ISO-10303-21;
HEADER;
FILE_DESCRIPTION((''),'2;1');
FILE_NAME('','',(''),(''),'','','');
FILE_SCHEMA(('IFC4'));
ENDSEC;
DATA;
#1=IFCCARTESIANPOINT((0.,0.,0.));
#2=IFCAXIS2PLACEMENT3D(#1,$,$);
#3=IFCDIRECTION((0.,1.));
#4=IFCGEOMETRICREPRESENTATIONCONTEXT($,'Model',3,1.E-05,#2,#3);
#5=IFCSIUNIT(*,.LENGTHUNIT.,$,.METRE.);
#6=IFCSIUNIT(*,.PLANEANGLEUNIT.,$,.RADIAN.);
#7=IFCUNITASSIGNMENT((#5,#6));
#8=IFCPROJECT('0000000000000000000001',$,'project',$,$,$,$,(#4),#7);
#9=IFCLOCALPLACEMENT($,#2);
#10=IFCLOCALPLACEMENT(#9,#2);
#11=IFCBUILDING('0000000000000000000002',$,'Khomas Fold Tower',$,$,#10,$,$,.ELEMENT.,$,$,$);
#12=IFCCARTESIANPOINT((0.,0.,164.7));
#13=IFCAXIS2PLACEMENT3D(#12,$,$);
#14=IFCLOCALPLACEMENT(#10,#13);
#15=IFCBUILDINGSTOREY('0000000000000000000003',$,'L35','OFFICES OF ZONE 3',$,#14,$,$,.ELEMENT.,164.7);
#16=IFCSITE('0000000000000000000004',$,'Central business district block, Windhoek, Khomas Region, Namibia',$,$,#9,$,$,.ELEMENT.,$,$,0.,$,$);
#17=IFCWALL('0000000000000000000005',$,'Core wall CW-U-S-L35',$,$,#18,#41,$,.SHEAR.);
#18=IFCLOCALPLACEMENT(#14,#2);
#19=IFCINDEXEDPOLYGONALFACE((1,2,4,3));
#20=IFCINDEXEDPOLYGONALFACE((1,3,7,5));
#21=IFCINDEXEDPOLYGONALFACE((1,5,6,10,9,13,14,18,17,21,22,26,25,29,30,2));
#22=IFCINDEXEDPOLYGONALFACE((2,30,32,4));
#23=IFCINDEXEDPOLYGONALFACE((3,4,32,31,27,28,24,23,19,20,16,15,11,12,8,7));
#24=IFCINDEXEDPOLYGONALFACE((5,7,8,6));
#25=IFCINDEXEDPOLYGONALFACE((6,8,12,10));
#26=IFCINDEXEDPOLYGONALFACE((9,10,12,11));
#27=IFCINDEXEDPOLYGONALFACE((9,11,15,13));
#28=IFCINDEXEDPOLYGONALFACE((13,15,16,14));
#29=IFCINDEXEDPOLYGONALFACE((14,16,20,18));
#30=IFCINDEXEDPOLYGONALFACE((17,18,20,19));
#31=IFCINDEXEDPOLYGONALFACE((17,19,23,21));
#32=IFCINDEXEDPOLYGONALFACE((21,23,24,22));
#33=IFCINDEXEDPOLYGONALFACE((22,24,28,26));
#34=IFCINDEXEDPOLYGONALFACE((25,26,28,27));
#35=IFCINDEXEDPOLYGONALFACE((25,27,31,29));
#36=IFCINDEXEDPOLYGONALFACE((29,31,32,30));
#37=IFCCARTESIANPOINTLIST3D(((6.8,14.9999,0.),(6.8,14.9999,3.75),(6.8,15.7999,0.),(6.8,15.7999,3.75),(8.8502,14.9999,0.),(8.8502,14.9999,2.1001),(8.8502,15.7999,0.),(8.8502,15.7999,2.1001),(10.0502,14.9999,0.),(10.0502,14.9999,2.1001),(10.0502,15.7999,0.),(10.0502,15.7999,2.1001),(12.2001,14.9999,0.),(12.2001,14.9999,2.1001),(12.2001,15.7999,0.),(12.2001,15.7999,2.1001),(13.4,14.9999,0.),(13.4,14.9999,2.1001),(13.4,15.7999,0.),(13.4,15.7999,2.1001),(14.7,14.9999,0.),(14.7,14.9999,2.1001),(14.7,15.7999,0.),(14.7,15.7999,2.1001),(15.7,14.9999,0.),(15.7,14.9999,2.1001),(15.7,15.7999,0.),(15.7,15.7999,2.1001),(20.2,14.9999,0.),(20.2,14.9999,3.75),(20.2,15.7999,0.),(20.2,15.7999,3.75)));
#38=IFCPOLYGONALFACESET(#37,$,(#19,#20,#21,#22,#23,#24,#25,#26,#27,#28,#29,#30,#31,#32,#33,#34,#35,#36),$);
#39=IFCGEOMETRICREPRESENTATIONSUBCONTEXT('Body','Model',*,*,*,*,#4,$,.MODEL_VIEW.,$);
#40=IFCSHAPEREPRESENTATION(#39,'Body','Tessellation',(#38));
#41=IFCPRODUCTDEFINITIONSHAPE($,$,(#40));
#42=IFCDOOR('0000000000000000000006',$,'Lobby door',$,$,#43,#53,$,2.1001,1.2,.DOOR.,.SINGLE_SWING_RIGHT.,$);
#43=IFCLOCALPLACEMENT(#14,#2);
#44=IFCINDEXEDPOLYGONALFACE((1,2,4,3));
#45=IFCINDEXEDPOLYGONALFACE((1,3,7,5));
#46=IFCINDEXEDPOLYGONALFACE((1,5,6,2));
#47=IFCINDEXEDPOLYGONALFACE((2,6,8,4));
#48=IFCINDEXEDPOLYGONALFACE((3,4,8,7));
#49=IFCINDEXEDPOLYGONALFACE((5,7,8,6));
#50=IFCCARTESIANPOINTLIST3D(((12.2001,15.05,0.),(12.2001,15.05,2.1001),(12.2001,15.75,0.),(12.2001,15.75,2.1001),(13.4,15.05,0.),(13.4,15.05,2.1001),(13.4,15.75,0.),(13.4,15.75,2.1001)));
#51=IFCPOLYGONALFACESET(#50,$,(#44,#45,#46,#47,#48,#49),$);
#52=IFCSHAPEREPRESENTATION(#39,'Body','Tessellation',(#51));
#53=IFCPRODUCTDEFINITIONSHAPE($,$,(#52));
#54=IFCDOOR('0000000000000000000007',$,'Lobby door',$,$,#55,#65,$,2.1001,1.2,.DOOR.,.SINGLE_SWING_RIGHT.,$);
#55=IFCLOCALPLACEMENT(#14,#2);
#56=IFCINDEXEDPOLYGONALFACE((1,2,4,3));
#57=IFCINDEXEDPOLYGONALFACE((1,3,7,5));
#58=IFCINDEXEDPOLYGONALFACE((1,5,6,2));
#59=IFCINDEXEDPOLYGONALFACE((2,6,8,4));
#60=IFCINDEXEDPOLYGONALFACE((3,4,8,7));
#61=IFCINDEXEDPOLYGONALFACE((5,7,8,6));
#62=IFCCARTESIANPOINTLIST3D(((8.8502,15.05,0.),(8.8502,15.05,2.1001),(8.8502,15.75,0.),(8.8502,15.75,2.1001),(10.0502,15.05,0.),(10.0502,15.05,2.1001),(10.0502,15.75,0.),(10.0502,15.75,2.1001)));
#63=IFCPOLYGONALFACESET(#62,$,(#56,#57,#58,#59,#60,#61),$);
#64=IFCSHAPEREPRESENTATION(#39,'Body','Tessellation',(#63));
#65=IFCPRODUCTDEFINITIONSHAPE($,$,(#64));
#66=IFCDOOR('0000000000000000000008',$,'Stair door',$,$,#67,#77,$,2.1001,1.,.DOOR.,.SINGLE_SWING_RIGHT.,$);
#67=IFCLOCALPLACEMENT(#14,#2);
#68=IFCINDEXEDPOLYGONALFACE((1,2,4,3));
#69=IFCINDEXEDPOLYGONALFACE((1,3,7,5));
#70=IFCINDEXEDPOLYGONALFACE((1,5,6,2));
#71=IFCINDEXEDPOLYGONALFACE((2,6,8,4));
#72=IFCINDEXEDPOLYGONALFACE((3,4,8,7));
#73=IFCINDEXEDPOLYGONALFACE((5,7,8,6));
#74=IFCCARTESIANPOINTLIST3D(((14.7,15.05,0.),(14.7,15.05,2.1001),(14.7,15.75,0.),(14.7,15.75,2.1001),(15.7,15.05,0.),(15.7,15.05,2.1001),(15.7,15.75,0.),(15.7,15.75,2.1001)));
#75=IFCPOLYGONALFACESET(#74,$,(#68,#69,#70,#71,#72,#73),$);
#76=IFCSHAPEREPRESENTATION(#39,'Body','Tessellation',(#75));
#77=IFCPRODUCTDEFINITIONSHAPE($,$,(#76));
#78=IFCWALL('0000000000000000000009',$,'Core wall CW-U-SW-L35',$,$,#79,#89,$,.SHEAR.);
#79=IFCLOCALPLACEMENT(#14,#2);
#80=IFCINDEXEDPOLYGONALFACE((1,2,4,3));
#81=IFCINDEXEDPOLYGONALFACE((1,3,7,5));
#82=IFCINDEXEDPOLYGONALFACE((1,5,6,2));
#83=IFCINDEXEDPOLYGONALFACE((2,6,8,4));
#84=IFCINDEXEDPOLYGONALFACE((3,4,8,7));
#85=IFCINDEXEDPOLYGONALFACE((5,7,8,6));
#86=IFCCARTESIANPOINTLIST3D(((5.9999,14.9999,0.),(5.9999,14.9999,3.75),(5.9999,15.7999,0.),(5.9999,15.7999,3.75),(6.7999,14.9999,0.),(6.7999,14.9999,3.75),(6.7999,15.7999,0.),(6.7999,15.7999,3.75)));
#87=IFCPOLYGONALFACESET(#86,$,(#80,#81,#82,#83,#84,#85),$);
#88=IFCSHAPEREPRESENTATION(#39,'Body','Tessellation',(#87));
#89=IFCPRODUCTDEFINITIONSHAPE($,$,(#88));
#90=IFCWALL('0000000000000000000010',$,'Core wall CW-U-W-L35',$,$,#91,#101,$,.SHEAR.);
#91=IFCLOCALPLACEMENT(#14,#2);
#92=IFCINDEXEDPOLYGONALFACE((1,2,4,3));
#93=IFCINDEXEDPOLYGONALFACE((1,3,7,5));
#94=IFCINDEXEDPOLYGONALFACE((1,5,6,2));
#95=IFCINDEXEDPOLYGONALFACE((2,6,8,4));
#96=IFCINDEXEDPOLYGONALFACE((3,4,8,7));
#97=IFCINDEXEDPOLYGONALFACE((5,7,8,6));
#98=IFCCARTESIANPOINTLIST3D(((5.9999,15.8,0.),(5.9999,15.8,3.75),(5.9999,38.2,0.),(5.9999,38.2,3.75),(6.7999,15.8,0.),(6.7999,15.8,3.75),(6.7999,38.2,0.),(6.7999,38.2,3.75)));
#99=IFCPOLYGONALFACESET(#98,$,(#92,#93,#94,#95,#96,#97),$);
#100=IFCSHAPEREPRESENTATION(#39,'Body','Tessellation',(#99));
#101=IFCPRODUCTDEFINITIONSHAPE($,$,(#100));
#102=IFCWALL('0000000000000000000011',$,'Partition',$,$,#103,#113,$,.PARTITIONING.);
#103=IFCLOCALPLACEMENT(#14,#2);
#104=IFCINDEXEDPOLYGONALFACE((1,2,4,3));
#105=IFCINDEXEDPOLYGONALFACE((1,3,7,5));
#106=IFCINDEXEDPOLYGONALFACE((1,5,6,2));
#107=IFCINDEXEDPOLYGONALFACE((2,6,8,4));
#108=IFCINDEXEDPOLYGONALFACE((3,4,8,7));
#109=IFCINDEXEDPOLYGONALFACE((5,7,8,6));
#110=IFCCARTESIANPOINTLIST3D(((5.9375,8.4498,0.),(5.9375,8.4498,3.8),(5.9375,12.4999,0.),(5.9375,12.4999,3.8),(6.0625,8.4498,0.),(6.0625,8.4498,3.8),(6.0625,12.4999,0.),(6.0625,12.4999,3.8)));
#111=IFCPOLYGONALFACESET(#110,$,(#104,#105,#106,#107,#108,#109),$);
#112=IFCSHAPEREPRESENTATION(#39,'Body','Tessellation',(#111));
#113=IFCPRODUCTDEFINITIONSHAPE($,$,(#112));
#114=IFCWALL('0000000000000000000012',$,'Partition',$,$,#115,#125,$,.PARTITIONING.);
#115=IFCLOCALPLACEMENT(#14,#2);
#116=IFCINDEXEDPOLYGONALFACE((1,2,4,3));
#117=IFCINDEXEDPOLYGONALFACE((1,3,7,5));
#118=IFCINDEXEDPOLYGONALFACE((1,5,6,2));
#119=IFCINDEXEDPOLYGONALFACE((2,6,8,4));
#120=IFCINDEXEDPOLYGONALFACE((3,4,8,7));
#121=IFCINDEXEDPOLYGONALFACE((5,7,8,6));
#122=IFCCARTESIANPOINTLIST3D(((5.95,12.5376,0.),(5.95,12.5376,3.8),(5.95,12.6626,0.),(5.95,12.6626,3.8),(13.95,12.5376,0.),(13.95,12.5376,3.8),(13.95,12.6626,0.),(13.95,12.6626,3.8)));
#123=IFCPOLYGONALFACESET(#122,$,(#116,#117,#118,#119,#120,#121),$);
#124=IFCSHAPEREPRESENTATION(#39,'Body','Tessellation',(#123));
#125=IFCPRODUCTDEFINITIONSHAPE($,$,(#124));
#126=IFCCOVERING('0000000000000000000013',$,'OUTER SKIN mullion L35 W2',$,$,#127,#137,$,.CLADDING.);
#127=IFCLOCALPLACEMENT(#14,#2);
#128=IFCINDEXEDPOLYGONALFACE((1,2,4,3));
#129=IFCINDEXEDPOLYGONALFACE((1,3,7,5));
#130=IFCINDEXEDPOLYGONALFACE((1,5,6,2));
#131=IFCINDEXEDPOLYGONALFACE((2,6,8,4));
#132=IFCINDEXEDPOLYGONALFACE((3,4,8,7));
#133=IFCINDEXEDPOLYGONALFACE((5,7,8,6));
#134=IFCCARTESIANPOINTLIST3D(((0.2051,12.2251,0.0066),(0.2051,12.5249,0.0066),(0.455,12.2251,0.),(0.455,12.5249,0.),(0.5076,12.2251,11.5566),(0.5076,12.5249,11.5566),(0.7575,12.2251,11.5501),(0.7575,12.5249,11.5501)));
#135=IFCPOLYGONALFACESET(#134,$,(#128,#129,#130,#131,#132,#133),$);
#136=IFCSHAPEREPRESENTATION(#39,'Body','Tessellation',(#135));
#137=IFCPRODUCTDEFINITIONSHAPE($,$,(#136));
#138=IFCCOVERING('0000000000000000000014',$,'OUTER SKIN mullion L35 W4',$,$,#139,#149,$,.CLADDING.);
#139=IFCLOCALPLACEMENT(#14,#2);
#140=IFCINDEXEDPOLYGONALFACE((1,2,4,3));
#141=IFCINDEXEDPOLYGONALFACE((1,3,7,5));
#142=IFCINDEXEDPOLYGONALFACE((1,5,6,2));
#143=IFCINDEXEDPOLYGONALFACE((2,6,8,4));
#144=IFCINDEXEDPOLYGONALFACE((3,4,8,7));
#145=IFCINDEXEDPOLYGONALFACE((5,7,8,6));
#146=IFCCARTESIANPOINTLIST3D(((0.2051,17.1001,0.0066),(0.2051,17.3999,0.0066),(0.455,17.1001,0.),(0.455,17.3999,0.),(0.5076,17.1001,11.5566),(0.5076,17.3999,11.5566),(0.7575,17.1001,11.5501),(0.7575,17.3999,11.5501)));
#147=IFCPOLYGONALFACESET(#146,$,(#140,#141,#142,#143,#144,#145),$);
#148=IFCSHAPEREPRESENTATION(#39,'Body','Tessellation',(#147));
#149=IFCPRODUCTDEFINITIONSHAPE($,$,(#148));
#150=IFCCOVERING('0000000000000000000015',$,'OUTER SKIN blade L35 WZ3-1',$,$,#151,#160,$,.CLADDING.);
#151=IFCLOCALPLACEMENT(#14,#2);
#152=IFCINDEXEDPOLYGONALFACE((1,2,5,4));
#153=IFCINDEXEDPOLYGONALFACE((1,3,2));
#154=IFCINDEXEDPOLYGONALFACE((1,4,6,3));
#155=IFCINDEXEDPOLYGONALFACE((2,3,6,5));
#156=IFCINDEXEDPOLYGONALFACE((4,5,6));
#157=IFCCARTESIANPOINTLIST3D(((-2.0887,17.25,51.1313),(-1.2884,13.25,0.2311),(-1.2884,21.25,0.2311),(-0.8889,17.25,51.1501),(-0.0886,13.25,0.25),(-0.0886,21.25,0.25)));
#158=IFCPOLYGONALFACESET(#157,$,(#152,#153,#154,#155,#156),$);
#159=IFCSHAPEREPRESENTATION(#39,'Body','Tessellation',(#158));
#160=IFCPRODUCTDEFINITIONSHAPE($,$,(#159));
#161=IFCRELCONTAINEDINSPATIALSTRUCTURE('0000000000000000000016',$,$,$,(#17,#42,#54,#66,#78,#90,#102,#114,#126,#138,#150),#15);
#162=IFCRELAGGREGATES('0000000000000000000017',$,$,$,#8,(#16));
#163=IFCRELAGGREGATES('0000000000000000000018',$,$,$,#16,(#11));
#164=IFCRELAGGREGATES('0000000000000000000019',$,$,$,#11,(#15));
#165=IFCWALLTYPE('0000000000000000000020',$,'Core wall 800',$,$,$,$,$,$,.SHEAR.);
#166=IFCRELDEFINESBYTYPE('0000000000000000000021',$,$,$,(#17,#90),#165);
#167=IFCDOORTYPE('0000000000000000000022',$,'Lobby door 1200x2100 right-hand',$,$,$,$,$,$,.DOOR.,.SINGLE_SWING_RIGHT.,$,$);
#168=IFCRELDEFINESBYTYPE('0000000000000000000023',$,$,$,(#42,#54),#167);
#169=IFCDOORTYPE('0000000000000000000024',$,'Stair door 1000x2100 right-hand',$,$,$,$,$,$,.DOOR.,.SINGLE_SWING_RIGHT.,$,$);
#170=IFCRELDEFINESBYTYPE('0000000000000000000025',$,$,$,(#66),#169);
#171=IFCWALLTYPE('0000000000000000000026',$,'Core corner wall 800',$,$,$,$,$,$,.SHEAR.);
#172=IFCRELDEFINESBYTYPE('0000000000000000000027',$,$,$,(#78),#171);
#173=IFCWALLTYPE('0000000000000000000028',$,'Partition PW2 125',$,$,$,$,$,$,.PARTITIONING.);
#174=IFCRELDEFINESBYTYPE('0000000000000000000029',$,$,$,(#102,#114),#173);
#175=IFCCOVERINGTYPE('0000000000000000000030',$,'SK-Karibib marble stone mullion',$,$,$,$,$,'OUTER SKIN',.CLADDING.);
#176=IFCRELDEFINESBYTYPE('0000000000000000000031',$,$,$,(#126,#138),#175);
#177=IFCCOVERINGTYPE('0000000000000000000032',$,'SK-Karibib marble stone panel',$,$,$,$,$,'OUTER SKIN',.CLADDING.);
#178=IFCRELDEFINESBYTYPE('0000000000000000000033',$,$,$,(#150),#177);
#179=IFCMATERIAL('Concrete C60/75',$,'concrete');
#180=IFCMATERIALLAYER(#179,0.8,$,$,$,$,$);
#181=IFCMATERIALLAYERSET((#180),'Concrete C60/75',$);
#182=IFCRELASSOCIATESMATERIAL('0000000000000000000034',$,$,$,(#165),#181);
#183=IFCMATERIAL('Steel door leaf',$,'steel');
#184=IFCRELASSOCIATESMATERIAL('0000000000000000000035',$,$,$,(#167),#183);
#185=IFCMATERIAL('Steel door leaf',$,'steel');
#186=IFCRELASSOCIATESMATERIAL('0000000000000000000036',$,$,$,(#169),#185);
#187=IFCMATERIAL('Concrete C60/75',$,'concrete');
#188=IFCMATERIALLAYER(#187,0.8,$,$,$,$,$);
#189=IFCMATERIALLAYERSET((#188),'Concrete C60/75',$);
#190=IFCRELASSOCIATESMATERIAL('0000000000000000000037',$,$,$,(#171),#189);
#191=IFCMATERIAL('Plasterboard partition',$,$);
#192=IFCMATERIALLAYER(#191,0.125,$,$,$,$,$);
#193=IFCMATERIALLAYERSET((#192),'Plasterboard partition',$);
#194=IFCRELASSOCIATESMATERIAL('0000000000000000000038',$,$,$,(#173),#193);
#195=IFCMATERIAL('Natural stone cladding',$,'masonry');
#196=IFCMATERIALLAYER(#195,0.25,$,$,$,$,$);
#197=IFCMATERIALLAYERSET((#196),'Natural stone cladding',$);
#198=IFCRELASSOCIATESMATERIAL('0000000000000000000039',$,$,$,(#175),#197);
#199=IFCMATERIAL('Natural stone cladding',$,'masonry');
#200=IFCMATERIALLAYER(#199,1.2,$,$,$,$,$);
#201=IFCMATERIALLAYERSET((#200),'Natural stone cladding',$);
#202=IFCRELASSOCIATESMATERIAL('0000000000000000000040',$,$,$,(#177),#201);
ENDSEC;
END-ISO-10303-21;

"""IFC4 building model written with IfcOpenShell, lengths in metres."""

from ifc_helpers import new_model, si_unit, direction, frame, frame_2d, origin, place, context, subcontext, project, spatial, polyline, rectangle, outline, extrude, source, transform, mapped, material, layer, layer_set, type_object, element, fill, save


model = new_model("IFC4")

# Units and contexts
model_context = context("Model", 3, precision=1e-05, world=origin(), true_north=direction((0.0, 1.0)))
body_context = subcontext(model_context, "Body", "Model", "MODEL_VIEW")
ifc_project = project(units=[si_unit("LENGTHUNIT", "METRE"), si_unit("PLANEANGLEUNIT", "RADIAN")], contexts=[model_context])

# Site, building, storey
site_placement = place(None, origin())
site = spatial("IfcSite", under=ifc_project, at=site_placement, Name="Central business district block, Windhoek, Khomas Region, Namibia", CompositionType="ELEMENT", RefElevation=0.0)
building_placement = place(site_placement, origin())
building = spatial("IfcBuilding", under=site, at=building_placement, Name="Khomas Fold Tower", CompositionType="ELEMENT")
storey_placement = place(building_placement, frame((0.0, 0.0, 164.7)))
storey = spatial("IfcBuildingStorey", under=building, at=storey_placement, Name="L35", Description="OFFICES OF ZONE 3", CompositionType="ELEMENT", Elevation=164.7)

# Wall, openings, doors
ifc_material_1 = material(Name="Concrete C60/75", Category="concrete")
ifc_layer_1 = layer(ifc_material_1, 0.8)
ifc_layer_set_1 = layer_set([ifc_layer_1], Name="Concrete C60/75")
wall_type_1 = type_object("IfcWallType", Name="Core wall 800", PredefinedType="SHEAR", material=ifc_layer_set_1)
shared_shape_1 = source(origin(), body_context, "Body", "SweptSolid", [
    extrude(rectangle(XDim=13.3999, YDim=0.8, at=frame_2d((6.7, 0.0))), origin(), (0.0, 0.0, 1.0), 3.75),
])
wall_1_placement = place(storey_placement, frame((6.8, 15.3999, 0.0), z_axis=(0.0, 0.0, 1.0), x_axis=(1.0, 0.0, 0.0)))
wall_1 = element("IfcWall", 1, at=wall_1_placement, inside=storey, type_object=wall_type_1, Name="Core wall CW-U-S-L35", PredefinedType="SHEAR", context=body_context, shape_type="MappedRepresentation", body=[
    mapped(shared_shape_1, transform((0.0, 0.0, 0.0))),
])
shared_shape_2 = source(origin(), body_context, "Body", "SweptSolid", [
    extrude(rectangle(XDim=1.2, YDim=2.1001, at=frame_2d((0.6001, 1.05))), frame((0.0, 0.4099, 0.0), z_axis=(0.0, -1.0, 0.0), x_axis=(1.0, 0.0, 0.0)), (0.0, 0.0, 1.0), 0.8201),
])
opening_1_placement = place(wall_1_placement, frame((5.3999, 0.0, 0.0)))
opening_1 = element("IfcOpeningElement", 2, at=opening_1_placement, cuts=wall_1, PredefinedType="OPENING", context=body_context, shape_type="MappedRepresentation", body=[
    mapped(shared_shape_2, transform((0.0, 0.0, 0.0))),
])
opening_2_placement = place(wall_1_placement, frame((2.05, 0.0, 0.0)))
opening_2 = element("IfcOpeningElement", 3, at=opening_2_placement, cuts=wall_1, PredefinedType="OPENING", context=body_context, shape_type="MappedRepresentation", body=[
    mapped(shared_shape_2, transform((0.0, 0.0, 0.0))),
])
shared_shape_3 = source(origin(), body_context, "Body", "SweptSolid", [
    extrude(rectangle(XDim=1.0, YDim=2.1001, at=frame_2d((0.5, 1.05))), frame((0.0, 0.4099, 0.0), z_axis=(0.0, -1.0, 0.0), x_axis=(1.0, 0.0, 0.0)), (0.0, 0.0, 1.0), 0.8201),
])
opening_3_placement = place(wall_1_placement, frame((7.8999, 0.0, 0.0)))
opening_3 = element("IfcOpeningElement", 4, at=opening_3_placement, cuts=wall_1, PredefinedType="OPENING", context=body_context, shape_type="MappedRepresentation", body=[
    mapped(shared_shape_3, transform((0.0, 0.0, 0.0))),
])
ifc_material_2 = material(Name="Steel door leaf", Category="steel")
door_type_1 = type_object("IfcDoorType", Name="Lobby door 1200x2100 right-hand", OperationType="SINGLE_SWING_RIGHT", PredefinedType="DOOR", material=ifc_material_2)
shared_shape_4 = source(origin(), body_context, "Body", "SweptSolid", [
    extrude(rectangle(XDim=1.2, YDim=2.1001, at=frame_2d((0.6001, 1.05))), frame((0.0, 0.3501, 0.0), z_axis=(0.0, -1.0, 0.0), x_axis=(1.0, 0.0, 0.0)), (0.0, 0.0, 1.0), 0.7),
])
door_1_placement = place(opening_1_placement, origin())
door_1 = element("IfcDoor", 5, at=door_1_placement, inside=storey, type_object=door_type_1, Name="Lobby door", OperationType="SINGLE_SWING_RIGHT", OverallHeight=2.1001, OverallWidth=1.2, PredefinedType="DOOR", context=body_context, shape_type="MappedRepresentation", body=[
    mapped(shared_shape_4, transform((0.0, 0.0, 0.0))),
])
fill(opening_1, door_1)
door_2_placement = place(opening_2_placement, origin())
door_2 = element("IfcDoor", 6, at=door_2_placement, inside=storey, type_object=door_type_1, Name="Lobby door", OperationType="SINGLE_SWING_RIGHT", OverallHeight=2.1001, OverallWidth=1.2, PredefinedType="DOOR", context=body_context, shape_type="MappedRepresentation", body=[
    mapped(shared_shape_4, transform((0.0, 0.0, 0.0))),
])
fill(opening_2, door_2)
ifc_material_3 = material(Name="Steel door leaf", Category="steel")
door_type_2 = type_object("IfcDoorType", Name="Stair door 1000x2100 right-hand", OperationType="SINGLE_SWING_RIGHT", PredefinedType="DOOR", material=ifc_material_3)
shared_shape_5 = source(origin(), body_context, "Body", "SweptSolid", [
    extrude(rectangle(XDim=1.0, YDim=2.1001, at=frame_2d((0.5, 1.05))), frame((0.0, 0.3501, 0.0), z_axis=(0.0, -1.0, 0.0), x_axis=(1.0, 0.0, 0.0)), (0.0, 0.0, 1.0), 0.7),
])
door_3_placement = place(opening_3_placement, origin())
door_3 = element("IfcDoor", 7, at=door_3_placement, inside=storey, type_object=door_type_2, Name="Stair door", OperationType="SINGLE_SWING_RIGHT", OverallHeight=2.1001, OverallWidth=1.0, PredefinedType="DOOR", context=body_context, shape_type="MappedRepresentation", body=[
    mapped(shared_shape_5, transform((0.0, 0.0, 0.0))),
])
fill(opening_3, door_3)

# Walls
ifc_material_4 = material(Name="Concrete C60/75", Category="concrete")
ifc_layer_2 = layer(ifc_material_4, 0.8)
ifc_layer_set_2 = layer_set([ifc_layer_2], Name="Concrete C60/75")
wall_type_2 = type_object("IfcWallType", Name="Core corner wall 800", PredefinedType="SHEAR", material=ifc_layer_set_2)
shared_shape_6 = source(origin(), body_context, "Body", "SweptSolid", [
    extrude(rectangle(XDim=0.8, YDim=0.8, at=frame_2d((0.3999, 0.0))), origin(), (0.0, 0.0, 1.0), 3.75),
])
wall_2_placement = place(storey_placement, frame((6.0, 15.3999, 0.0), z_axis=(0.0, 0.0, 1.0), x_axis=(1.0, 0.0, 0.0)))
element("IfcWall", 8, at=wall_2_placement, inside=storey, type_object=wall_type_2, Name="Core wall CW-U-SW-L35", PredefinedType="SHEAR", context=body_context, shape_type="MappedRepresentation", body=[
    mapped(shared_shape_6, transform((0.0, 0.0, 0.0))),
])
shared_shape_7 = source(origin(), body_context, "Body", "SweptSolid", [
    extrude(rectangle(XDim=22.3999, YDim=0.8, at=frame_2d((11.2, 0.0))), origin(), (0.0, 0.0, 1.0), 3.75),
])
wall_3_placement = place(storey_placement, frame((6.3999, 15.8, 0.0), z_axis=(0.0, 0.0, 1.0), x_axis=(0.0, 1.0, 0.0)))
element("IfcWall", 9, at=wall_3_placement, inside=storey, type_object=wall_type_1, Name="Core wall CW-U-W-L35", PredefinedType="SHEAR", context=body_context, shape_type="MappedRepresentation", body=[
    mapped(shared_shape_7, transform((0.0, 0.0, 0.0))),
])
ifc_material_5 = material(Name="Plasterboard partition")
ifc_layer_3 = layer(ifc_material_5, 0.125)
ifc_layer_set_3 = layer_set([ifc_layer_3], Name="Plasterboard partition")
wall_type_3 = type_object("IfcWallType", Name="Partition PW2 125", PredefinedType="PARTITIONING", material=ifc_layer_set_3)
shared_shape_8 = source(origin(), body_context, "Body", "SweptSolid", [
    extrude(rectangle(XDim=4.05, YDim=0.125, at=frame_2d((2.0249, 0.0))), origin(), (0.0, 0.0, 1.0), 3.8),
])
wall_4_placement = place(storey_placement, frame((6.0, 8.45, 0.0), z_axis=(0.0, 0.0, 1.0), x_axis=(0.0, 1.0, 0.0)))
element("IfcWall", 10, at=wall_4_placement, inside=storey, type_object=wall_type_3, Name="Partition", PredefinedType="PARTITIONING", context=body_context, shape_type="MappedRepresentation", body=[
    mapped(shared_shape_8, transform((0.0, 0.0, 0.0))),
])
shared_shape_9 = source(origin(), body_context, "Body", "SweptSolid", [
    extrude(rectangle(XDim=8.0, YDim=0.125, at=frame_2d((4.0, 0.0))), origin(), (0.0, 0.0, 1.0), 3.8),
])
wall_5_placement = place(storey_placement, frame((5.95, 12.6001, 0.0), z_axis=(0.0, 0.0, 1.0), x_axis=(1.0, 0.0, 0.0)))
element("IfcWall", 11, at=wall_5_placement, inside=storey, type_object=wall_type_3, Name="Partition", PredefinedType="PARTITIONING", context=body_context, shape_type="MappedRepresentation", body=[
    mapped(shared_shape_9, transform((0.0, 0.0, 0.0))),
])

# Coverings
ifc_material_6 = material(Name="Natural stone cladding", Category="masonry")
ifc_layer_4 = layer(ifc_material_6, 0.25)
ifc_layer_set_4 = layer_set([ifc_layer_4], Name="Natural stone cladding")
covering_type_1 = type_object("IfcCoveringType", Name="SK-Karibib marble stone mullion", ElementType="OUTER SKIN", PredefinedType="CLADDING", material=ifc_layer_set_4)
for number, where, z_axis, x_axis, name in (
    (12, (0.2051, 12.2251, 0.0066), (-0.999657, 0.0, 0.026181), (0.0, 1.0, 0.0), "OUTER SKIN mullion L35 W2"),
    (13, (0.2051, 17.1001, 0.0066), (-0.999657, 0.0, 0.026181), (0.0, 1.0, 0.0), "OUTER SKIN mullion L35 W4"),
):
    element("IfcCovering", number, at=place(storey_placement, frame(where, z_axis=z_axis, x_axis=x_axis)), inside=storey, type_object=covering_type_1, Name=name, PredefinedType="CLADDING", context=body_context, shape_type="SweptSolid", body=[
        extrude(outline(polyline([(0.0, 0.0), (0.2998, 0.0), (0.2998, -11.554), (0.0, -11.554), (0.0, 0.0)])), origin(), (0.0, 0.0, -1.0), 0.25),
    ])
ifc_material_7 = material(Name="Natural stone cladding", Category="masonry")
ifc_layer_5 = layer(ifc_material_7, 1.2)
ifc_layer_set_5 = layer_set([ifc_layer_5], Name="Natural stone cladding")
covering_type_2 = type_object("IfcCoveringType", Name="SK-Karibib marble stone panel", ElementType="OUTER SKIN", PredefinedType="CLADDING", material=ifc_layer_set_5)
covering_placement = place(storey_placement, frame((-0.0886, 13.25, 0.25), z_axis=(0.999876, 0.0, 0.015721), x_axis=(0.0, 1.0, 0.0)))
element("IfcCovering", 14, at=covering_placement, inside=storey, type_object=covering_type_2, Name="OUTER SKIN blade L35 WZ3-1", PredefinedType="CLADDING", context=body_context, shape_type="SweptSolid", body=[
    extrude(outline(polyline([(0.0, 0.0), (8.0, 0.0), (4.0, 50.9064), (0.0, 0.0)])), origin(), (0.0, 0.0, -1.0), 1.2),
])

save(model, "model.ifc")
